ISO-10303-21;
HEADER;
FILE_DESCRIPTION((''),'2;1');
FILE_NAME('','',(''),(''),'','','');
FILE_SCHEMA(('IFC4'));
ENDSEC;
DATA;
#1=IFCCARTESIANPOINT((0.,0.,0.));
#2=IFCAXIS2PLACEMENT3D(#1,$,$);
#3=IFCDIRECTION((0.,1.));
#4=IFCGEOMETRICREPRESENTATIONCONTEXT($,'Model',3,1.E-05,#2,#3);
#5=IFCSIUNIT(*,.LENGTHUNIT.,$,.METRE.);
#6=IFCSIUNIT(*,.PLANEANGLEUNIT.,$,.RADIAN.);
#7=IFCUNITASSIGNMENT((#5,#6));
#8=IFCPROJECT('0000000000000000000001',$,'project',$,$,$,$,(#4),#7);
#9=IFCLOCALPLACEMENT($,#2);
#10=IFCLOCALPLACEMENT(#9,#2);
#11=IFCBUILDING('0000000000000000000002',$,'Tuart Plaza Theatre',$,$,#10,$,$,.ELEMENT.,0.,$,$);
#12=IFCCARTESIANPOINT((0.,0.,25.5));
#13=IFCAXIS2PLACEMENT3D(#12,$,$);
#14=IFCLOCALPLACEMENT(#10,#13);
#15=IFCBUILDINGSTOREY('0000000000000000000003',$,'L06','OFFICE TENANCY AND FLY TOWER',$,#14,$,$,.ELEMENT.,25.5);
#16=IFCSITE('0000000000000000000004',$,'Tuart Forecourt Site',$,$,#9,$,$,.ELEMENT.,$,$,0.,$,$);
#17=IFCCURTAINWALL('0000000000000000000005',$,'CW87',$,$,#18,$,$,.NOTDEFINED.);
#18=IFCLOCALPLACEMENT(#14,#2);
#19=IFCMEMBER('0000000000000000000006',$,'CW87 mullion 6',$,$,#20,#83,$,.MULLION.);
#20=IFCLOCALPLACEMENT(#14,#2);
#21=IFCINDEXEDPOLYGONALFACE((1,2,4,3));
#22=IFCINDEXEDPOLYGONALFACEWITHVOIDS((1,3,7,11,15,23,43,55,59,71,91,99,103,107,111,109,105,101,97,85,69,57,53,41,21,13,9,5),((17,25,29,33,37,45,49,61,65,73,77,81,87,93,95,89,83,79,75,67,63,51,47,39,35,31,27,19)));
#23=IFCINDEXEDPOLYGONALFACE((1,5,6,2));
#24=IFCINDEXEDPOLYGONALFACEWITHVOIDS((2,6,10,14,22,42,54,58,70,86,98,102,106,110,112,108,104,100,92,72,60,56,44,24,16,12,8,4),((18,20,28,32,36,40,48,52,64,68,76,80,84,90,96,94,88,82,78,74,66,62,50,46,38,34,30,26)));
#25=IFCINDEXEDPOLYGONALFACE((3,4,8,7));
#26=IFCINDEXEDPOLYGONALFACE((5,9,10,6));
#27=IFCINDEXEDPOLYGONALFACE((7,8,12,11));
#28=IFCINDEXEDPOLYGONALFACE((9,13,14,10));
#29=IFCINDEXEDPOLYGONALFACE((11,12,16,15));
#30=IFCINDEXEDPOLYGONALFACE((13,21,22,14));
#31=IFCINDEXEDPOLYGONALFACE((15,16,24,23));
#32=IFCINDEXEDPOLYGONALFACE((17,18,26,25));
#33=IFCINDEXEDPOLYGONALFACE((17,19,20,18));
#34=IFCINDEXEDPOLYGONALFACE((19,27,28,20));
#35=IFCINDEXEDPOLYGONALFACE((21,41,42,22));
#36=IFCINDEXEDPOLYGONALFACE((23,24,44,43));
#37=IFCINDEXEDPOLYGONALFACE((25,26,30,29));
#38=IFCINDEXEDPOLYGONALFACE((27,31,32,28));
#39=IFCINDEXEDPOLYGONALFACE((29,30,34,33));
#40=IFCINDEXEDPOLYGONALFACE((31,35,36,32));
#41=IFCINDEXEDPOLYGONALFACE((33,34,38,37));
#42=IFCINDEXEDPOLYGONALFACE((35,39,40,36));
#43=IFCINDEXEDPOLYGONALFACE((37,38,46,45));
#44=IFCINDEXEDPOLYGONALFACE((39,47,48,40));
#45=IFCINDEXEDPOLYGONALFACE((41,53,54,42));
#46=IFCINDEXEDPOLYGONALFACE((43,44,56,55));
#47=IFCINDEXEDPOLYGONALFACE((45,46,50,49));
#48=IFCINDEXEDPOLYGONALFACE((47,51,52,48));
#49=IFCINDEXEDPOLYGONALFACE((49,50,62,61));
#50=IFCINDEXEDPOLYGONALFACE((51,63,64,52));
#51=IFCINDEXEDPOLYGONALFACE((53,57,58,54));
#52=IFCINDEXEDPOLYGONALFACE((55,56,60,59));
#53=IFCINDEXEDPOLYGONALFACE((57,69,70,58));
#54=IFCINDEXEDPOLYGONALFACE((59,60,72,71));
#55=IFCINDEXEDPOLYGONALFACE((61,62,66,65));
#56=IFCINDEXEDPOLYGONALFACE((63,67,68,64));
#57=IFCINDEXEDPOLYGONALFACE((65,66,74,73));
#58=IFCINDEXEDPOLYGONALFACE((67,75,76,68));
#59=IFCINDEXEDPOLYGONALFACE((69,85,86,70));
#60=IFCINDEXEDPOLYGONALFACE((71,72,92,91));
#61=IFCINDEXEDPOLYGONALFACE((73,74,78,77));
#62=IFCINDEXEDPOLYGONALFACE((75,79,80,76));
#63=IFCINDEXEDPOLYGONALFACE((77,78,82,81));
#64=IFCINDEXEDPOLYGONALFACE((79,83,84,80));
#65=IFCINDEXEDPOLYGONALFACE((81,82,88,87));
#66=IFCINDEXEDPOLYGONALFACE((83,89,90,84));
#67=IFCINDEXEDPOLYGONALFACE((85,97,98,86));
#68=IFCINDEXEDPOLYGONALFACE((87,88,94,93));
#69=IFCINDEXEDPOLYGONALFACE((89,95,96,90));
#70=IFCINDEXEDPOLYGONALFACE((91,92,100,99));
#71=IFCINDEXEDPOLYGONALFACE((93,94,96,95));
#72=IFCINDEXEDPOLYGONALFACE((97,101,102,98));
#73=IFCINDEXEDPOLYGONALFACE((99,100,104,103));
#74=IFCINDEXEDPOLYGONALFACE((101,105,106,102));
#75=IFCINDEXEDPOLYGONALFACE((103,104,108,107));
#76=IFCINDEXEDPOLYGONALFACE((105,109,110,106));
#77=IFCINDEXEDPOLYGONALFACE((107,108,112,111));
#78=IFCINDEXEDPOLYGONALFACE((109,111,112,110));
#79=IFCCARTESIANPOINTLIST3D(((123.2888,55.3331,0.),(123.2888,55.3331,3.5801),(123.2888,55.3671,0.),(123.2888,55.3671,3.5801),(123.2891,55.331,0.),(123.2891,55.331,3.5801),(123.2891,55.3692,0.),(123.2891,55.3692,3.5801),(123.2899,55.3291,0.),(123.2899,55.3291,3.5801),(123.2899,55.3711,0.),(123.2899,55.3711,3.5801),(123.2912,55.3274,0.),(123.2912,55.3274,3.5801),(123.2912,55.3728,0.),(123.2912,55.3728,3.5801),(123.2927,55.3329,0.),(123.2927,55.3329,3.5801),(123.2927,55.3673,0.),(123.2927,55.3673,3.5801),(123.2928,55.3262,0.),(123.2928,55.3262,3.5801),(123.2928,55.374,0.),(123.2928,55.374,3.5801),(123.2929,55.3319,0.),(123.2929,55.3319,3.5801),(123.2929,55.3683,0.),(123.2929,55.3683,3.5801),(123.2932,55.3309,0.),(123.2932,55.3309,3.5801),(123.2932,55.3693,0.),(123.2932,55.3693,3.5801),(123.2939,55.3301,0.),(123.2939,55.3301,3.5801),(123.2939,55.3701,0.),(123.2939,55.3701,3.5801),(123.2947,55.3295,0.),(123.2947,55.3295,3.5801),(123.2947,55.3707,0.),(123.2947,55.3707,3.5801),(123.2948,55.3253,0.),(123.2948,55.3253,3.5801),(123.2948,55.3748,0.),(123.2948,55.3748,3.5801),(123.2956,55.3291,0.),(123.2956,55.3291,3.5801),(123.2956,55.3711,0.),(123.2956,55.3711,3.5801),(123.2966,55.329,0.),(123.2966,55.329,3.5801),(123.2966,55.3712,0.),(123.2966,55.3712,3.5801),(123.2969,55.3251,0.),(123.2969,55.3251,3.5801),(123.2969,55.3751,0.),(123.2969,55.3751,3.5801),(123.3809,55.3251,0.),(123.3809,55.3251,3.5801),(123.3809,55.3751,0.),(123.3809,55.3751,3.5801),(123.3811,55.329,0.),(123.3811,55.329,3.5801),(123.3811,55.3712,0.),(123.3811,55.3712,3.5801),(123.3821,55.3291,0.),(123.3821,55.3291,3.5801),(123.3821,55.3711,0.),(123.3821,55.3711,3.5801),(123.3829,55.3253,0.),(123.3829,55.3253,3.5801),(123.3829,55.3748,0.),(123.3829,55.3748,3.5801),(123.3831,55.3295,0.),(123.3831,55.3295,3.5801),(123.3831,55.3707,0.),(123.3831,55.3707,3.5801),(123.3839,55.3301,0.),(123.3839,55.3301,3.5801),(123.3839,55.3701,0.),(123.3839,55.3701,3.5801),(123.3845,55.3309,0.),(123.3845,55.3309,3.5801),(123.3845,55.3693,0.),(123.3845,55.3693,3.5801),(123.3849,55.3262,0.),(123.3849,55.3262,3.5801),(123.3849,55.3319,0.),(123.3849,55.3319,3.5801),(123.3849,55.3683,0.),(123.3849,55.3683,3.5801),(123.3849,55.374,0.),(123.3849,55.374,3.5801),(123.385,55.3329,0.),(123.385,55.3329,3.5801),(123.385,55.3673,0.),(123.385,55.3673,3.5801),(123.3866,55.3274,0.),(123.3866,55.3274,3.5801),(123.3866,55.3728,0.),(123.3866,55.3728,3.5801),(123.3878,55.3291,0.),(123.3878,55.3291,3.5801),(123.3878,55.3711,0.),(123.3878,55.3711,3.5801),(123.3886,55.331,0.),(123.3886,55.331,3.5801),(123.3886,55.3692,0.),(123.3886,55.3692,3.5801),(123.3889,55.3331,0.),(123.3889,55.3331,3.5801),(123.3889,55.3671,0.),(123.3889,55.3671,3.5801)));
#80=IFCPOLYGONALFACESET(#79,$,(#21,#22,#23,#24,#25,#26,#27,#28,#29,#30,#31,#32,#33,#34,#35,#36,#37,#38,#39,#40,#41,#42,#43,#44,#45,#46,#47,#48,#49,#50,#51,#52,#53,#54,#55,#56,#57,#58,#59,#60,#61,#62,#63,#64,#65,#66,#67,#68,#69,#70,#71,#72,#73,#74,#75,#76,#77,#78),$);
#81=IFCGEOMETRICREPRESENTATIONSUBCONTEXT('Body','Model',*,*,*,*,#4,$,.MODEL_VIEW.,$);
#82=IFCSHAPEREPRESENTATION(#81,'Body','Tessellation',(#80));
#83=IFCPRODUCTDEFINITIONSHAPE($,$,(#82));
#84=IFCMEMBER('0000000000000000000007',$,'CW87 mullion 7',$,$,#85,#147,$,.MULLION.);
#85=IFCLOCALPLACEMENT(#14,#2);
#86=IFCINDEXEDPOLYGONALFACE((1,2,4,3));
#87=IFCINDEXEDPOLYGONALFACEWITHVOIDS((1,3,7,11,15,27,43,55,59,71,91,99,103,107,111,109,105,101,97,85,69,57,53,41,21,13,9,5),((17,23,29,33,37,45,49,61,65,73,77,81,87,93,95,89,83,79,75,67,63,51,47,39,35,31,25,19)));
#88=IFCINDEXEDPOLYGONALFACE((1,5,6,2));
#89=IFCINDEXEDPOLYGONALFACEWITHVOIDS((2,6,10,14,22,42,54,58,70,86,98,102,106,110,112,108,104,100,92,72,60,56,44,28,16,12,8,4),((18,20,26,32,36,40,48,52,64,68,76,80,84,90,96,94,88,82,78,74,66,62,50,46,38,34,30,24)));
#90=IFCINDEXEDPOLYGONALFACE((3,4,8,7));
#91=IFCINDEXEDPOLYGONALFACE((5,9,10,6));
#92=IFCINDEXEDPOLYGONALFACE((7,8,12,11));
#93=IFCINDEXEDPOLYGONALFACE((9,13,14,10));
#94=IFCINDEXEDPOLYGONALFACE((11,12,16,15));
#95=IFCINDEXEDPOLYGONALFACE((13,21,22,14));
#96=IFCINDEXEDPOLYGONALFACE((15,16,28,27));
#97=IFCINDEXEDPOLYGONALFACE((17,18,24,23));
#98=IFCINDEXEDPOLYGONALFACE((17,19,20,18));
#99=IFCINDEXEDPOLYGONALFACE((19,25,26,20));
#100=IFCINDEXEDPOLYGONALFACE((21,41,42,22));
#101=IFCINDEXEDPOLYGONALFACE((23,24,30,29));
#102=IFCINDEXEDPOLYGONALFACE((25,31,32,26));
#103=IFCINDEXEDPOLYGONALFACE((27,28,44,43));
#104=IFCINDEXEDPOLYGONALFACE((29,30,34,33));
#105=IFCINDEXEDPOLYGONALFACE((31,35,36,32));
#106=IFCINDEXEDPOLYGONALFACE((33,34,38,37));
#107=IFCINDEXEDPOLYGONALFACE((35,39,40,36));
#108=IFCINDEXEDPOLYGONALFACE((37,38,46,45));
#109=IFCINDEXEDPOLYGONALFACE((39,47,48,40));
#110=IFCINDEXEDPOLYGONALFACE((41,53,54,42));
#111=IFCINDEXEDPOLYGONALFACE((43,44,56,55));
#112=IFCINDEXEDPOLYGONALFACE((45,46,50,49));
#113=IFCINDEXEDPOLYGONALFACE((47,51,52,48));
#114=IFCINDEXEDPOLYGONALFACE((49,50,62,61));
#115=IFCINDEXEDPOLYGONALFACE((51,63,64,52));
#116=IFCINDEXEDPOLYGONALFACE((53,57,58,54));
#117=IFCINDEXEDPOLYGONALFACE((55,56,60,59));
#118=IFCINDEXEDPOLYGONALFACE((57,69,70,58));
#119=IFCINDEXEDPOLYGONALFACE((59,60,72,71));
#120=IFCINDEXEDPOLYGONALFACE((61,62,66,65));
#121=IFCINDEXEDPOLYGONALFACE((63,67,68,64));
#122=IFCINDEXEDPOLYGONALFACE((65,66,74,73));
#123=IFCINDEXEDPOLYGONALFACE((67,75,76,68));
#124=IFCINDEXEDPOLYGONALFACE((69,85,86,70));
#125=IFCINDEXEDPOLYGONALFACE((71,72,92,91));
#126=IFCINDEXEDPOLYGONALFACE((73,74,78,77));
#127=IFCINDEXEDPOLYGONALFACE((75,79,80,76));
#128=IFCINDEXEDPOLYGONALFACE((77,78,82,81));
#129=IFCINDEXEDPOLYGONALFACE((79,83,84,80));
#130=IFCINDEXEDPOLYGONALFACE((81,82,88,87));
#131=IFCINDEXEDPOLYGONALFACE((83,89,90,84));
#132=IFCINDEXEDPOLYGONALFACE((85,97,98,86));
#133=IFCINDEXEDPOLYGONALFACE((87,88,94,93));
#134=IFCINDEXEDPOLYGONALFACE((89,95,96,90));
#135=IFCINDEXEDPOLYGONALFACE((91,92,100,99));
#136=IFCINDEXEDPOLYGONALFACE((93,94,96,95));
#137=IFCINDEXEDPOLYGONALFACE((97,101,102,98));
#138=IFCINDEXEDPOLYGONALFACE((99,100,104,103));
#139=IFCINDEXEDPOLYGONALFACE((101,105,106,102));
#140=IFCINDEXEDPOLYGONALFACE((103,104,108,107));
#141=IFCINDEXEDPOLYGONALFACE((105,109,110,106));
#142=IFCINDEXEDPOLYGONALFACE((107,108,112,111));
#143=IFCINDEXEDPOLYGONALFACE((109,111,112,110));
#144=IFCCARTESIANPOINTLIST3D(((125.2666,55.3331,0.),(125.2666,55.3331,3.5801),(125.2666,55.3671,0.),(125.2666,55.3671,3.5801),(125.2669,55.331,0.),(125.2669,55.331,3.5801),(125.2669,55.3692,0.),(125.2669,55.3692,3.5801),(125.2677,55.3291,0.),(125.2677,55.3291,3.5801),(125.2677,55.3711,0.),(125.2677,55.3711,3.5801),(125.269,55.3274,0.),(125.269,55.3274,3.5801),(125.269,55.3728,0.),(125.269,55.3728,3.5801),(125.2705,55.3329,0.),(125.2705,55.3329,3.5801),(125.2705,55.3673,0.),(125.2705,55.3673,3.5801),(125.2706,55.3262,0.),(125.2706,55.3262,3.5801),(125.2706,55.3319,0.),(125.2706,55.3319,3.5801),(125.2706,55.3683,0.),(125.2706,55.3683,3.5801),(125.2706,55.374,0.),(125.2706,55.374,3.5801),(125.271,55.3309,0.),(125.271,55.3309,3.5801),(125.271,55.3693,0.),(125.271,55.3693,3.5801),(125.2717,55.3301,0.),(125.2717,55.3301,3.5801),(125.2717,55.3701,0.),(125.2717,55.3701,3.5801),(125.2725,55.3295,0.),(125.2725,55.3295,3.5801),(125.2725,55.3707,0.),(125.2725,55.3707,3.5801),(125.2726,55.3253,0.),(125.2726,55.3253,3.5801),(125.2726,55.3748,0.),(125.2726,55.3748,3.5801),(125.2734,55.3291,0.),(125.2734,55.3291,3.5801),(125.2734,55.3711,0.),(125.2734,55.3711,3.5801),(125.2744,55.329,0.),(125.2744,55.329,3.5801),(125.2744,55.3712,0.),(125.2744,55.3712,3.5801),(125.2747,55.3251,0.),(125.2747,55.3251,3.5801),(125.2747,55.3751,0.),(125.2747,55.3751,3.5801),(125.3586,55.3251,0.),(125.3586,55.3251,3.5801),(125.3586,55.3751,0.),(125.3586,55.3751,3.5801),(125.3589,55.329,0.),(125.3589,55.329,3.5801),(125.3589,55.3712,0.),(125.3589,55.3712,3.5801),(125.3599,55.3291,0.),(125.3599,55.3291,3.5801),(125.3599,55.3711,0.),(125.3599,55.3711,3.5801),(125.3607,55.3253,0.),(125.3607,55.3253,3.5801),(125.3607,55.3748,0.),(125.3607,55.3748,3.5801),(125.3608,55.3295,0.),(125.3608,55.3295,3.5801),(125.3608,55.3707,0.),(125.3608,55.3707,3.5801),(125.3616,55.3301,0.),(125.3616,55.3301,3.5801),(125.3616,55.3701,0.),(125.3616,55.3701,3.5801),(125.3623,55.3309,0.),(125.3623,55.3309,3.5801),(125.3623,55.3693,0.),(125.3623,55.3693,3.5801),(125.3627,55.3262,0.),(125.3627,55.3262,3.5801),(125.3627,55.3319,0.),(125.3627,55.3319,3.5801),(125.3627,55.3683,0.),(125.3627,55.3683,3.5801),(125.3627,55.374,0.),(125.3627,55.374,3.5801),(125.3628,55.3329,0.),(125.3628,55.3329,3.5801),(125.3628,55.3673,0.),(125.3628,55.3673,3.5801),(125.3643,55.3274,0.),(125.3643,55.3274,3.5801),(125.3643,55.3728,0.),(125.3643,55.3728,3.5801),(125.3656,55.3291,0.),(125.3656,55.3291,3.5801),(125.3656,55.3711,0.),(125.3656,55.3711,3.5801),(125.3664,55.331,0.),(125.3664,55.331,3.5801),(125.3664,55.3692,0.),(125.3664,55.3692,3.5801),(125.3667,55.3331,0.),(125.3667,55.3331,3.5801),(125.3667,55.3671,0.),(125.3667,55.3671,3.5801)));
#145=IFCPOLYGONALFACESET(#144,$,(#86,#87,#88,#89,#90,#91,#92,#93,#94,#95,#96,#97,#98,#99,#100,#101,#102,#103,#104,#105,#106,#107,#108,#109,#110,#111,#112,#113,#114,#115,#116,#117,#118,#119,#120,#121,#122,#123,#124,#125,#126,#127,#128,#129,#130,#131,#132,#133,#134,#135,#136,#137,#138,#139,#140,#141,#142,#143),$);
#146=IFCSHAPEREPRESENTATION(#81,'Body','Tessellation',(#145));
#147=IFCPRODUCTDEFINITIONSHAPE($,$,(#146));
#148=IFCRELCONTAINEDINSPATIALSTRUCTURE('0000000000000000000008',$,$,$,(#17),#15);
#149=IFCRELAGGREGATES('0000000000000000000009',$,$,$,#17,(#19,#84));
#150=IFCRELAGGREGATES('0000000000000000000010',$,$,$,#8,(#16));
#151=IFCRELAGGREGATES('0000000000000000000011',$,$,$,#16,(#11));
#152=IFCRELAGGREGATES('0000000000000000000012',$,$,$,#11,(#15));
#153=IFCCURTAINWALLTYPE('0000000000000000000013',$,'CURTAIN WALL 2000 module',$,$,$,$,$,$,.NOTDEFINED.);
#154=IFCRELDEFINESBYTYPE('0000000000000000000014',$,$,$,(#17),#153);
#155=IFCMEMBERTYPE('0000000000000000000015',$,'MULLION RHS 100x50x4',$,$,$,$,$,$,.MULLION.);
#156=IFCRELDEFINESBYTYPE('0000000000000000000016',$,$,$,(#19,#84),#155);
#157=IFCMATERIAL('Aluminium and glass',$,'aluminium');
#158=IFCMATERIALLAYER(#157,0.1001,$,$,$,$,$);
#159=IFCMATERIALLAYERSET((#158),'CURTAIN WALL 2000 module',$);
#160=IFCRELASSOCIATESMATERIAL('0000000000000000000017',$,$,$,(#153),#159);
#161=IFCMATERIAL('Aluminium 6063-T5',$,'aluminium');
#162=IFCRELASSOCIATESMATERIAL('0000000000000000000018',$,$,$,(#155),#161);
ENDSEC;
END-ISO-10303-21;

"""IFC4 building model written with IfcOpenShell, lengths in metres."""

from ifc_helpers import new_model, si_unit, direction, frame, origin, origin_2d, place, context, subcontext, project, spatial, hollow_rectangle, extrude, material, layer, layer_set, material_profile, profile_set, type_object, element, aggregate, save


model = new_model("IFC4")

# Units and contexts
model_context = context("Model", 3, precision=1e-05, world=origin(), true_north=direction((0.0, 1.0)))
body_context = subcontext(model_context, "Body", "Model", "MODEL_VIEW")
ifc_project = project(units=[si_unit("LENGTHUNIT", "METRE"), si_unit("PLANEANGLEUNIT", "RADIAN")], contexts=[model_context])

# Site, building, storey
site_placement = place(None, origin())
site = spatial("IfcSite", under=ifc_project, at=site_placement, Name="Tuart Forecourt Site", CompositionType="ELEMENT", RefElevation=0.0)
building_placement = place(site_placement, origin())
building = spatial("IfcBuilding", under=site, at=building_placement, Name="Tuart Plaza Theatre", CompositionType="ELEMENT", ElevationOfRefHeight=0.0)
storey_placement = place(building_placement, frame((0.0, 0.0, 25.5)))
storey = spatial("IfcBuildingStorey", under=building, at=storey_placement, Name="L06", Description="OFFICE TENANCY AND FLY TOWER", CompositionType="ELEMENT", Elevation=25.5)

# Curtain wall, members
ifc_material_1 = material(Name="Aluminium and glass", Category="aluminium")
ifc_layer_1 = layer(ifc_material_1, 0.1001)
ifc_layer_set_1 = layer_set([ifc_layer_1], Name="CURTAIN WALL 2000 module")
curtain_wall_type = type_object("IfcCurtainWallType", Name="CURTAIN WALL 2000 module", PredefinedType="NOTDEFINED", material=ifc_layer_set_1)
curtain_wall_placement = place(storey_placement, origin())
curtain_wall = element("IfcCurtainWall", 1, at=curtain_wall_placement, inside=storey, type_object=curtain_wall_type, Name="CW87", PredefinedType="NOTDEFINED")
ifc_material_2 = material(Name="Aluminium 6063-T5", Category="aluminium")
ifc_material_profile_1 = material_profile(ifc_material_2, hollow_rectangle(XDim=0.05, YDim=0.1001, WallThickness=0.0039, InnerFilletRadius=0.0039, OuterFilletRadius=0.0081, at=origin_2d()), Name="RHS 100x50x4")
ifc_profile_set_1 = profile_set([ifc_material_profile_1], Name="Aluminium 6063-T5")
member_type_1 = type_object("IfcMemberType", Name="MULLION RHS 100x50x4", PredefinedType="MULLION", material=ifc_profile_set_1)
member_1_placement = place(storey_placement, frame((123.3389, 55.3501, 0.0), z_axis=(0.0, 0.0, 1.0), x_axis=(0.0, 1.0, 0.0)))
member_1 = element("IfcMember", 2, at=member_1_placement, type_object=member_type_1, Name="CW87 mullion 6", PredefinedType="MULLION", context=body_context, shape_type="SweptSolid", body=[
    extrude(hollow_rectangle(XDim=0.05, YDim=0.1001, WallThickness=0.0039, InnerFilletRadius=0.0039, OuterFilletRadius=0.0081, at=origin_2d()), origin(), (0.0, 0.0, 1.0), 3.5801),
])
member_2_placement = place(storey_placement, frame((125.3167, 55.3501, 0.0), z_axis=(0.0, 0.0, 1.0), x_axis=(0.0, 1.0, 0.0)))
member_2 = element("IfcMember", 3, at=member_2_placement, type_object=member_type_1, Name="CW87 mullion 7", PredefinedType="MULLION", context=body_context, shape_type="SweptSolid", body=[
    extrude(hollow_rectangle(XDim=0.05, YDim=0.1001, WallThickness=0.0039, InnerFilletRadius=0.0039, OuterFilletRadius=0.0081, at=origin_2d()), origin(), (0.0, 0.0, 1.0), 3.5801),
])
aggregate(curtain_wall, [member_1, member_2])

save(model, "model.ifc")
